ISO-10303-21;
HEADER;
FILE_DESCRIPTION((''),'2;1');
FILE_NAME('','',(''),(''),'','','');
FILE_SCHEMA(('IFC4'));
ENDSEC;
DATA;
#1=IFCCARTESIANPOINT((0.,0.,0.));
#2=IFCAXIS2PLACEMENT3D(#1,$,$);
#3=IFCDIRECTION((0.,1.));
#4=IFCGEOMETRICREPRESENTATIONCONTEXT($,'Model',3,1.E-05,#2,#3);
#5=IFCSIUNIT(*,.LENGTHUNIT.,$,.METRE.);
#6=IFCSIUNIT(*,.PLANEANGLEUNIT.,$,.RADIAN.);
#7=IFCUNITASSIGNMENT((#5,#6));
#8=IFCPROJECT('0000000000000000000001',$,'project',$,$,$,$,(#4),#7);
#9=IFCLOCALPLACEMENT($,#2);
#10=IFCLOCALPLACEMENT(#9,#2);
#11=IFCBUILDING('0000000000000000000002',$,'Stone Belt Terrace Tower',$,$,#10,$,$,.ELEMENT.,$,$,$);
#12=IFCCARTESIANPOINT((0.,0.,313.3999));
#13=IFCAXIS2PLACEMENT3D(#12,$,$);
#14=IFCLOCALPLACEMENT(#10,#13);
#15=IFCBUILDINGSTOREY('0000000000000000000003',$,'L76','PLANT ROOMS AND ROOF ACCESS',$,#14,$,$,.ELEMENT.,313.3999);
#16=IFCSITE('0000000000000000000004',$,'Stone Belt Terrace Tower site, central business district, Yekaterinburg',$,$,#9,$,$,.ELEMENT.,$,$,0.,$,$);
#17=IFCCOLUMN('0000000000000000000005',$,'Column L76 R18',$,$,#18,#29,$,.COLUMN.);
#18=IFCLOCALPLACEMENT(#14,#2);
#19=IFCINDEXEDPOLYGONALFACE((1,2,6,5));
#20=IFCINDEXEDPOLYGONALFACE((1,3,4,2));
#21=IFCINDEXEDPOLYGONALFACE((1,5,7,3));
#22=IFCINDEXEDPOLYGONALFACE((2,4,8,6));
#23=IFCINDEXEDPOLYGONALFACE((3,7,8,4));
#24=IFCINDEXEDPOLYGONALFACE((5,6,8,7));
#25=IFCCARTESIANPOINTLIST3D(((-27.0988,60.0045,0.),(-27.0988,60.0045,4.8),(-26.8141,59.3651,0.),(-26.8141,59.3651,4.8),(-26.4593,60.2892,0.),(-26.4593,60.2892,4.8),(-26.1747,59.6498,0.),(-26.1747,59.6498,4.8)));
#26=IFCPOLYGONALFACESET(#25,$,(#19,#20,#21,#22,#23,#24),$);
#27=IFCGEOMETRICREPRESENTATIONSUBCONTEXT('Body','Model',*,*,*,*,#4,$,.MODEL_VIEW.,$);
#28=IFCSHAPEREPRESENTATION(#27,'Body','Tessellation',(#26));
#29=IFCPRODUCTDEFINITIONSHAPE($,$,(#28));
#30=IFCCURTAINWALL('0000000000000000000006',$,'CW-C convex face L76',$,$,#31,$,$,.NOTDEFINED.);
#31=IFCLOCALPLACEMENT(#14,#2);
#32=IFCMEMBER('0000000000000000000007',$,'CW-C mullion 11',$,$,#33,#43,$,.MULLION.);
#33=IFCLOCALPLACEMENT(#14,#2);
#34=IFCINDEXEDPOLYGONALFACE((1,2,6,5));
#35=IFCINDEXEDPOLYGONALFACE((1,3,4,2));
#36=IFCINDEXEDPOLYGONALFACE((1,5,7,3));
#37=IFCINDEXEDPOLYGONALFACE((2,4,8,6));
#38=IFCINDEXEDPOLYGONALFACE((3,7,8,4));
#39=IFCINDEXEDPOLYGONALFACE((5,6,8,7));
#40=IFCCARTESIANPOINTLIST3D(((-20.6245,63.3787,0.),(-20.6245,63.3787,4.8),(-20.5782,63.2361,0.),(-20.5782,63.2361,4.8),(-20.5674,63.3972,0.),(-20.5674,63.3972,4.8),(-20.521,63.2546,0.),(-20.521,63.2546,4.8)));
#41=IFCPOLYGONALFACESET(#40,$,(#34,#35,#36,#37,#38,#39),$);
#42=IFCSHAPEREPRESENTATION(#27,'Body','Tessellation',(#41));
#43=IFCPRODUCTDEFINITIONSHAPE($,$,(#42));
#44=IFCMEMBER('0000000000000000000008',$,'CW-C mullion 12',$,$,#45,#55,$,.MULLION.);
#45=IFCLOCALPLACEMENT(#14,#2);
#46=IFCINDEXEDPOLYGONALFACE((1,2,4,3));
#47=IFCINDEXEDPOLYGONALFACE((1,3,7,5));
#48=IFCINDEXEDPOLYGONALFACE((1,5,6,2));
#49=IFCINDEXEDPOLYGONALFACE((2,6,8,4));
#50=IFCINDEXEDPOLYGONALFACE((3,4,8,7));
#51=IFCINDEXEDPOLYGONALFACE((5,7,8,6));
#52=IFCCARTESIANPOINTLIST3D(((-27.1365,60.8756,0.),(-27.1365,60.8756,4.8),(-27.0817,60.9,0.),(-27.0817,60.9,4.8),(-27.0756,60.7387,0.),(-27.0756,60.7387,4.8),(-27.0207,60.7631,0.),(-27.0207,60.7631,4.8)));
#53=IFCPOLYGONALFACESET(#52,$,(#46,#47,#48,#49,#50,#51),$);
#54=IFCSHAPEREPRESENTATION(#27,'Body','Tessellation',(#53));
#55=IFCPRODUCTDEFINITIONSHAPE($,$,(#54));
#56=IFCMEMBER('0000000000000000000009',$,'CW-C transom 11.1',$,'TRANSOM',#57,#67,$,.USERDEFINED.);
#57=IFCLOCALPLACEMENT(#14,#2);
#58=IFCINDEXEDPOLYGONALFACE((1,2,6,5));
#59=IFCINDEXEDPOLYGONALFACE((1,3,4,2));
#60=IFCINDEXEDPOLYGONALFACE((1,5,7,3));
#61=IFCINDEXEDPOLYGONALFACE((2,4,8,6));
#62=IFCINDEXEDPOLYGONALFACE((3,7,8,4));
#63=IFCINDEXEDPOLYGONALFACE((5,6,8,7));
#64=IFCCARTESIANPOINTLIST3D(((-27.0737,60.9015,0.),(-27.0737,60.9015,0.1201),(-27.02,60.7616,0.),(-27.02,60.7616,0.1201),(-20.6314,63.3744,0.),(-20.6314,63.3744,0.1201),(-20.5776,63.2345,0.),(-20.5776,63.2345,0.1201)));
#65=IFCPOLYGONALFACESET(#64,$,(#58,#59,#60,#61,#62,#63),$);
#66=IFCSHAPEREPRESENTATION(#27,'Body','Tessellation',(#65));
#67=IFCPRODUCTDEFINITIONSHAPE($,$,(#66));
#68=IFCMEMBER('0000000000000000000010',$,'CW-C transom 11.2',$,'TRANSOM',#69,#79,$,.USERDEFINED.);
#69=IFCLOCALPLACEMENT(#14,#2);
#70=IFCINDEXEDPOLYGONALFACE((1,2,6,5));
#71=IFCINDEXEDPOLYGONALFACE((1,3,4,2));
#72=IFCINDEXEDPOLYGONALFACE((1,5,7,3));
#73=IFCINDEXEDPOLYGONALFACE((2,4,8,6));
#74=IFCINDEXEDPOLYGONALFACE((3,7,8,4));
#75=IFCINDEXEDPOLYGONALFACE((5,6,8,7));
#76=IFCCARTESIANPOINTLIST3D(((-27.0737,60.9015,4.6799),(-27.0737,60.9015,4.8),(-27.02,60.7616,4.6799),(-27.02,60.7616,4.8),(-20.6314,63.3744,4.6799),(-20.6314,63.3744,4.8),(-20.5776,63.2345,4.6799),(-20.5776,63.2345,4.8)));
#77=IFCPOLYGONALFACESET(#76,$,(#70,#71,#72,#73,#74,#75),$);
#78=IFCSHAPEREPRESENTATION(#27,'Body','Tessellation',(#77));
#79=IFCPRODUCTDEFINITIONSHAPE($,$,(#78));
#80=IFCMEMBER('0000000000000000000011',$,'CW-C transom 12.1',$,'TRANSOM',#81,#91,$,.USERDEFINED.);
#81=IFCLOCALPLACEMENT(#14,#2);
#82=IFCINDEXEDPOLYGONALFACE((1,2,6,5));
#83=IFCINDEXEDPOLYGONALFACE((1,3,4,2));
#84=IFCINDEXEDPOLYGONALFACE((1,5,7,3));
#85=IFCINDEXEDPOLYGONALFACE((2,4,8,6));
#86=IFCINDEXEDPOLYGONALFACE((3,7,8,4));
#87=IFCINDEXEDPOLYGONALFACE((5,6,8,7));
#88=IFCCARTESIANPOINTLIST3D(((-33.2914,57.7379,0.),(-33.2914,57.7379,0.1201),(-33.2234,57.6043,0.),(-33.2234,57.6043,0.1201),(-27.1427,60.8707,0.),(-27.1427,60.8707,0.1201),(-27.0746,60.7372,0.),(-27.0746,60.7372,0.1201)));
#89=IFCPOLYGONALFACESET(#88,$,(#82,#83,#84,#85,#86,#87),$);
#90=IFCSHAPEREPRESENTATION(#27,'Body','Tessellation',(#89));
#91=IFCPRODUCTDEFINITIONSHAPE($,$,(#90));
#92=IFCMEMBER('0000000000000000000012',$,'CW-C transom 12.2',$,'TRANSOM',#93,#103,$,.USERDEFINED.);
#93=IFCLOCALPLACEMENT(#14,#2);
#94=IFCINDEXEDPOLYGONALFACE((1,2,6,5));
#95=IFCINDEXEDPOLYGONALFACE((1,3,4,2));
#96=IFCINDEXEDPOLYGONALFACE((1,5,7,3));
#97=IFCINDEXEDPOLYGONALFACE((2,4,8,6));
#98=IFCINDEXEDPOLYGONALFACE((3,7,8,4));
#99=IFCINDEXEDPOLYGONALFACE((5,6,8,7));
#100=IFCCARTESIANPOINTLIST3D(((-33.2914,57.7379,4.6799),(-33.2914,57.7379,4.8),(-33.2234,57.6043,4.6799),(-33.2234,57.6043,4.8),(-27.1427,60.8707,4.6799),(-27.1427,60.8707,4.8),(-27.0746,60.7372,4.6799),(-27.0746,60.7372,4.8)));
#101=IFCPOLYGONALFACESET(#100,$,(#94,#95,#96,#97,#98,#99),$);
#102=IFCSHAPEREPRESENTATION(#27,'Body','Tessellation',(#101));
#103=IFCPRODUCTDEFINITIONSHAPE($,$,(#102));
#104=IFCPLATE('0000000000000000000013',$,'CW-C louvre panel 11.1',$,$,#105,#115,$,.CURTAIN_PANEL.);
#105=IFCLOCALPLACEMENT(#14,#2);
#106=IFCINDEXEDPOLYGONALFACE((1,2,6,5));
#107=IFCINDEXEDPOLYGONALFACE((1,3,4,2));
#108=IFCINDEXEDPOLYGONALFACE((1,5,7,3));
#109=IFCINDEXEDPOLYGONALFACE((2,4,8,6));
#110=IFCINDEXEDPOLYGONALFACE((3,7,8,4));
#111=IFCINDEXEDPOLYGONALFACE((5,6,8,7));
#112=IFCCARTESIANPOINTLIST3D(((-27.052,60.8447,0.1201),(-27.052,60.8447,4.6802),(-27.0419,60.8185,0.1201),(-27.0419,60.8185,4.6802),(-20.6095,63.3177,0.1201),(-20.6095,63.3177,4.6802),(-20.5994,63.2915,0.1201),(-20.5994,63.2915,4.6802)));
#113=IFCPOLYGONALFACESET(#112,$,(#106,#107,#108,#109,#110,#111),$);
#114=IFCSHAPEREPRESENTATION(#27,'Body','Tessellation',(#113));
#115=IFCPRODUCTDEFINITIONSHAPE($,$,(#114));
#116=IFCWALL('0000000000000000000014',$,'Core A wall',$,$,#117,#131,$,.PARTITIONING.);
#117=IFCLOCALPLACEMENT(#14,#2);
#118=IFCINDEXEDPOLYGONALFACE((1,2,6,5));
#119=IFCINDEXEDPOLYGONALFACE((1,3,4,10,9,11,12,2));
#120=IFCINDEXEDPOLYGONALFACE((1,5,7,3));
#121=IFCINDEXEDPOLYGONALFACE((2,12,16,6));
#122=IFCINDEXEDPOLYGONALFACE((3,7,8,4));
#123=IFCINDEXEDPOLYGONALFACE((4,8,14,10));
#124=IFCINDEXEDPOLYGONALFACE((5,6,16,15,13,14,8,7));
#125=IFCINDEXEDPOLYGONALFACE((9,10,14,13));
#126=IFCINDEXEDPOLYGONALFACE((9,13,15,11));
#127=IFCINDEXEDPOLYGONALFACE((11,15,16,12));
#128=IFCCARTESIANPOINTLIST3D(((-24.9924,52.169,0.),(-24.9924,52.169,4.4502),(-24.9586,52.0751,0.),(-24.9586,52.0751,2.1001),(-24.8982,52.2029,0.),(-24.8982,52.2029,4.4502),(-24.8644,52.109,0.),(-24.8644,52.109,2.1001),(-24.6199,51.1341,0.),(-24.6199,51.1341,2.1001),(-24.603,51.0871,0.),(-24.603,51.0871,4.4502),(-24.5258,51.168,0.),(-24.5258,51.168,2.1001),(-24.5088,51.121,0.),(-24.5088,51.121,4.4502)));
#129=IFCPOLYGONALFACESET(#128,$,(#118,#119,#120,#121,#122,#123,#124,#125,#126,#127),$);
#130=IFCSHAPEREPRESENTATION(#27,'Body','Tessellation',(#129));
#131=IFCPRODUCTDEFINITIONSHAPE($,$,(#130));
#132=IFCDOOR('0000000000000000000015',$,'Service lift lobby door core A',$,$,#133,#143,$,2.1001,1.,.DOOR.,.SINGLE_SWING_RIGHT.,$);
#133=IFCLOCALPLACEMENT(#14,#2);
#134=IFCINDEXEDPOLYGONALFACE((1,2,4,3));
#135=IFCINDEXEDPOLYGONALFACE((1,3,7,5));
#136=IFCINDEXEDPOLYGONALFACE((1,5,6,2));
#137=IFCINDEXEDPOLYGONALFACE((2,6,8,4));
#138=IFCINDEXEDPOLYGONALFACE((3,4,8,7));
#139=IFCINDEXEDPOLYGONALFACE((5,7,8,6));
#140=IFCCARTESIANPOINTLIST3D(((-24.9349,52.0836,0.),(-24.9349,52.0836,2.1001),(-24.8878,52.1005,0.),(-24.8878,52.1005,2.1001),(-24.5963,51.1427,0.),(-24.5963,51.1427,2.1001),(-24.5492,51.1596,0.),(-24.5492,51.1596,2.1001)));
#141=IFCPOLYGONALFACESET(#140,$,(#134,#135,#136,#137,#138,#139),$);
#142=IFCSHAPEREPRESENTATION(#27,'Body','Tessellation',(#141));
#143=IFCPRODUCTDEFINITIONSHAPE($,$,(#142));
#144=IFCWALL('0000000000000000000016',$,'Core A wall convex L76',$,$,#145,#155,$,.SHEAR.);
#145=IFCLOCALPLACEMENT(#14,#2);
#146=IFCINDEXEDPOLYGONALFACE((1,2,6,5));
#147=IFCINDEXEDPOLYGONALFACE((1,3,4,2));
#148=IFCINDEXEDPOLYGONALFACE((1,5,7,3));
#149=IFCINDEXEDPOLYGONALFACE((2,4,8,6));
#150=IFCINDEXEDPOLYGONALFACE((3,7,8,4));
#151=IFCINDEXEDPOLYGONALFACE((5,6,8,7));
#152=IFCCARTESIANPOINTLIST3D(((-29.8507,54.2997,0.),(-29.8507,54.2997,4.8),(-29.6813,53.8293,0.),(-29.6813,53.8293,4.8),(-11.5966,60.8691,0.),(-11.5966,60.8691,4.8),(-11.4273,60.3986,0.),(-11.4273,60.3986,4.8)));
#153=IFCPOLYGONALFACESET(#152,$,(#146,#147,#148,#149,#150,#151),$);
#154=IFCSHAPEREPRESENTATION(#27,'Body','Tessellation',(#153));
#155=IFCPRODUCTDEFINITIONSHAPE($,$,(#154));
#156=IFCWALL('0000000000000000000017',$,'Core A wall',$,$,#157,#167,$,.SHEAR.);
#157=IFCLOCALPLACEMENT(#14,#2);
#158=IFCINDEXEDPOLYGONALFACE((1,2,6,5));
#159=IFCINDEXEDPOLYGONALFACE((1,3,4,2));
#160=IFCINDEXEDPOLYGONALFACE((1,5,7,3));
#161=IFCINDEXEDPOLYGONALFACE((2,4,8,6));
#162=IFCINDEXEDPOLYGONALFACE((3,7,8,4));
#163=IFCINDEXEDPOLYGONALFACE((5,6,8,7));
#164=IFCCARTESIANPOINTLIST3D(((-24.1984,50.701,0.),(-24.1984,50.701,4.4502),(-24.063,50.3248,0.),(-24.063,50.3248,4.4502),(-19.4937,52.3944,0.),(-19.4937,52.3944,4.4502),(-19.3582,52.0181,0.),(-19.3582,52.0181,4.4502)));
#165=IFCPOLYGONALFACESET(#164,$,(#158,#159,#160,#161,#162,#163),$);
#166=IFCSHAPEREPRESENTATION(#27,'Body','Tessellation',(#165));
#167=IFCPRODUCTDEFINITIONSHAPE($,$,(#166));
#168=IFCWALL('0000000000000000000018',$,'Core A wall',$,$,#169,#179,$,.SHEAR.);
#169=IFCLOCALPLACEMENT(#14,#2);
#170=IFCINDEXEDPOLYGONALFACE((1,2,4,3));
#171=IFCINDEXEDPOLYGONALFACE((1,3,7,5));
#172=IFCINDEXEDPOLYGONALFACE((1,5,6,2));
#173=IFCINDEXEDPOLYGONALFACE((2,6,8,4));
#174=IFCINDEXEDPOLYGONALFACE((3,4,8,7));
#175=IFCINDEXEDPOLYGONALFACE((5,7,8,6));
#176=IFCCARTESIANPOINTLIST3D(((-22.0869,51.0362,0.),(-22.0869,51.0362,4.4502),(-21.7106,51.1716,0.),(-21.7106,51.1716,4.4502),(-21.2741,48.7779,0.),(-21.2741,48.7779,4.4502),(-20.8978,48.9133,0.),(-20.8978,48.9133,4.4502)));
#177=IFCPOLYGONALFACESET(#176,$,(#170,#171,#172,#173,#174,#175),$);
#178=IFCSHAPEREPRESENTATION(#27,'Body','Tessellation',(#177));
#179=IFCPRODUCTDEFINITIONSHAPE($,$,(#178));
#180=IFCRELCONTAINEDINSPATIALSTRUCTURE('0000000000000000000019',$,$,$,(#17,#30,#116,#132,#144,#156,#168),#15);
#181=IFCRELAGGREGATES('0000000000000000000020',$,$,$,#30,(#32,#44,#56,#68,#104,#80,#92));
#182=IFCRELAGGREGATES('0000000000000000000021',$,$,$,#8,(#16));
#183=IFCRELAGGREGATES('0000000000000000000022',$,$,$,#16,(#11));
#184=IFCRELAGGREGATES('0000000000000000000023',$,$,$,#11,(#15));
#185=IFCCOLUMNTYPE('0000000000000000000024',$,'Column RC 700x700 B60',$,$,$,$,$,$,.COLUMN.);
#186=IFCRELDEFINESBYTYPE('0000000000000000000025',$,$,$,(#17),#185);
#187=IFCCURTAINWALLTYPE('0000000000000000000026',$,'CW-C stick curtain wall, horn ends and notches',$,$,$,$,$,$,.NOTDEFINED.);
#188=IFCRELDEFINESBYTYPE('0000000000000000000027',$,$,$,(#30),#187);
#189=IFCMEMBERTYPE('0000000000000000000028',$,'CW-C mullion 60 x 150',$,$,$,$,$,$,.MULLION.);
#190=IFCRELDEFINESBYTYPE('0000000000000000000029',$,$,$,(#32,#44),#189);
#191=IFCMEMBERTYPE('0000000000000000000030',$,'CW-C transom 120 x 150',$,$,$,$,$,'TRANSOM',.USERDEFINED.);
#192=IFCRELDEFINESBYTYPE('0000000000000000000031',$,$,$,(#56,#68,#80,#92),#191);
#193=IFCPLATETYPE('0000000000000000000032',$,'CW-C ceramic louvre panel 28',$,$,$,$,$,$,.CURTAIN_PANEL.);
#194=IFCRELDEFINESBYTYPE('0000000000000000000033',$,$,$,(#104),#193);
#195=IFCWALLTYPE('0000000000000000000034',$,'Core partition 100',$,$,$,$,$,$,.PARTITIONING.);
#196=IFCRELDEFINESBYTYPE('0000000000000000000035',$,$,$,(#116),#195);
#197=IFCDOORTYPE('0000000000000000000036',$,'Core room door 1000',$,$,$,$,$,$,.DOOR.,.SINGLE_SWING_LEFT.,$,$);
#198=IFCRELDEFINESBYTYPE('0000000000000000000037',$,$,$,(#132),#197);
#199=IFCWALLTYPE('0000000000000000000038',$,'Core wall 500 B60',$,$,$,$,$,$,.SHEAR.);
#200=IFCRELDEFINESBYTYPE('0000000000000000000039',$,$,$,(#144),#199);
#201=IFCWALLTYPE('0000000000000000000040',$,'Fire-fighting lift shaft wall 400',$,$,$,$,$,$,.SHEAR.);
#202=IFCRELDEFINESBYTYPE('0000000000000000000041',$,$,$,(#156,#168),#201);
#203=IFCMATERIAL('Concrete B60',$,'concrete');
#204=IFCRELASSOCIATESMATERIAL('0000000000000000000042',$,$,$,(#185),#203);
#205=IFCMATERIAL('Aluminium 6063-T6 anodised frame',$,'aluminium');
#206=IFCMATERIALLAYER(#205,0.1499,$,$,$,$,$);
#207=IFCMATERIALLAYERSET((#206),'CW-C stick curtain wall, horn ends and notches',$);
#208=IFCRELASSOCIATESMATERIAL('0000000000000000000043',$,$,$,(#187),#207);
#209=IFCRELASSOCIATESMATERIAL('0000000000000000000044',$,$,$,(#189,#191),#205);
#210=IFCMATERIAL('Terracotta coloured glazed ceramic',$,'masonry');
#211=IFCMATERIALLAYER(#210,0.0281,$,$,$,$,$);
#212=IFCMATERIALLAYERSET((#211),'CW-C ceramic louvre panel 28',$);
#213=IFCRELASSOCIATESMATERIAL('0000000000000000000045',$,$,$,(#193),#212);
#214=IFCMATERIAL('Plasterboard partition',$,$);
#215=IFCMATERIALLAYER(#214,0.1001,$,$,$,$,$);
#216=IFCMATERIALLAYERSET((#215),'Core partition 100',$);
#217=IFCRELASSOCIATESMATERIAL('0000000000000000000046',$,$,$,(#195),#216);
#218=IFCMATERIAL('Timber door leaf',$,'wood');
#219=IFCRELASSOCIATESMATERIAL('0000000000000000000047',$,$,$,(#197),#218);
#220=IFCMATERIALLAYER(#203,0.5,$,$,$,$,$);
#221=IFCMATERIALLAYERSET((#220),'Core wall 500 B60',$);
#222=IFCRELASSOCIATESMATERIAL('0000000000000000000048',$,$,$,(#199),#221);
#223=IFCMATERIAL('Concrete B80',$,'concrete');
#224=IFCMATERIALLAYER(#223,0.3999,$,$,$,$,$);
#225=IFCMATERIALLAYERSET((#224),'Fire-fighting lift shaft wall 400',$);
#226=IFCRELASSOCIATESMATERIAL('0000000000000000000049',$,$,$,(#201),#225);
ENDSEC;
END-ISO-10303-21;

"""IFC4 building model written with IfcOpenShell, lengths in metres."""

from ifc_helpers import new_model, si_unit, direction, frame, frame_2d, origin, origin_2d, place, context, subcontext, project, spatial, rectangle, extrude, material, layer, layer_set, material_profile, profile_set, type_object, element, fill, aggregate, save


model = new_model("IFC4")

# Units and contexts
model_context = context("Model", 3, precision=1e-05, world=origin(), true_north=direction((0.0, 1.0)))
body_context = subcontext(model_context, "Body", "Model", "MODEL_VIEW")
ifc_project = project(units=[si_unit("LENGTHUNIT", "METRE"), si_unit("PLANEANGLEUNIT", "RADIAN")], contexts=[model_context])

# Site, building, storey
site_placement = place(None, origin())
site = spatial("IfcSite", under=ifc_project, at=site_placement, Name="Stone Belt Terrace Tower site, central business district, Yekaterinburg", CompositionType="ELEMENT", RefElevation=0.0)
building_placement = place(site_placement, origin())
building = spatial("IfcBuilding", under=site, at=building_placement, Name="Stone Belt Terrace Tower", CompositionType="ELEMENT")
storey_placement = place(building_placement, frame((0.0, 0.0, 313.3999)))
storey = spatial("IfcBuildingStorey", under=building, at=storey_placement, Name="L76", Description="PLANT ROOMS AND ROOF ACCESS", CompositionType="ELEMENT", Elevation=313.3999)

# Column
ifc_material_1 = material(Name="Concrete B60", Category="concrete")
ifc_material_profile_1 = material_profile(ifc_material_1, rectangle(XDim=0.7, YDim=0.7, at=origin_2d()), Name="RC 700x700")
ifc_profile_set_1 = profile_set([ifc_material_profile_1], Name="Concrete B60")
column_type = type_object("IfcColumnType", Name="Column RC 700x700 B60", PredefinedType="COLUMN", material=ifc_profile_set_1)
column_placement = place(storey_placement, frame((-26.6367, 59.8271, 0.0), z_axis=(0.0, 0.0, 1.0), x_axis=(0.913545, 0.406737, 0.0)))
element("IfcColumn", 1, at=column_placement, inside=storey, type_object=column_type, Name="Column L76 R18", PredefinedType="COLUMN", context=body_context, shape_type="SweptSolid", body=[
    extrude(rectangle(XDim=0.7, YDim=0.7, at=origin_2d()), origin(), (0.0, 0.0, 1.0), 4.8),
])

# Curtain wall, members, plate
ifc_material_2 = material(Name="Aluminium 6063-T6 anodised frame", Category="aluminium")
ifc_layer_1 = layer(ifc_material_2, 0.1499)
ifc_layer_set_1 = layer_set([ifc_layer_1], Name="CW-C stick curtain wall, horn ends and notches")
curtain_wall_type = type_object("IfcCurtainWallType", Name="CW-C stick curtain wall, horn ends and notches", PredefinedType="NOTDEFINED", material=ifc_layer_set_1)
curtain_wall_placement = place(storey_placement, origin())
curtain_wall = element("IfcCurtainWall", 2, at=curtain_wall_placement, inside=storey, type_object=curtain_wall_type, Name="CW-C convex face L76", PredefinedType="NOTDEFINED")
ifc_material_profile_2 = material_profile(ifc_material_2, rectangle(XDim=0.1499, YDim=0.0601, at=origin_2d()), Name="Aluminium 6063-T6 60x150")
ifc_profile_set_2 = profile_set([ifc_material_profile_2], Name="Aluminium 6063-T6 anodised frame")
member_type_1 = type_object("IfcMemberType", Name="CW-C mullion 60 x 150", PredefinedType="MULLION", material=ifc_profile_set_2)
member_1_placement = place(storey_placement, frame((-20.5728, 63.3167, 0.0), z_axis=(0.0, 0.0, 1.0), x_axis=(0.309017, -0.951057, 0.0)))
member_1 = element("IfcMember", 3, at=member_1_placement, type_object=member_type_1, Name="CW-C mullion 11", PredefinedType="MULLION", context=body_context, shape_type="SweptSolid", body=[
    extrude(rectangle(XDim=0.1499, YDim=0.0601, at=origin_2d()), origin(), (0.0, 0.0, 1.0), 4.8),
])
member_2_placement = place(storey_placement, frame((-27.0786, 60.8193, 0.0), z_axis=(0.0, 0.0, 1.0), x_axis=(0.406737, -0.913545, 0.0)))
member_2 = element("IfcMember", 4, at=member_2_placement, type_object=member_type_1, Name="CW-C mullion 12", PredefinedType="MULLION", context=body_context, shape_type="SweptSolid", body=[
    extrude(rectangle(XDim=0.1499, YDim=0.0601, at=origin_2d()), origin(), (0.0, 0.0, 1.0), 4.8),
])
ifc_material_profile_3 = material_profile(ifc_material_2, rectangle(XDim=0.1499, YDim=0.1201, at=origin_2d()), Name="Aluminium 6063-T6 150x120")
ifc_profile_set_3 = profile_set([ifc_material_profile_3], Name="Aluminium 6063-T6 anodised frame")
member_type_2 = type_object("IfcMemberType", Name="CW-C transom 120 x 150", ElementType="TRANSOM", PredefinedType="USERDEFINED", material=ifc_profile_set_3)
member_3_placement = place(storey_placement, frame((-20.6045, 63.3044, 0.0601), z_axis=(-0.933585, -0.358355, 0.0), x_axis=(0.358355, -0.933585, 0.0)))
member_3 = element("IfcMember", 5, at=member_3_placement, type_object=member_type_2, Name="CW-C transom 11.1", ObjectType="TRANSOM", PredefinedType="USERDEFINED", context=body_context, shape_type="SweptSolid", body=[
    extrude(rectangle(XDim=0.1499, YDim=0.1201, at=origin_2d()), origin(), (0.0, 0.0, 1.0), 6.9006),
])
member_4_placement = place(storey_placement, frame((-20.6045, 63.3044, 4.74), z_axis=(-0.933585, -0.358355, 0.0), x_axis=(0.358355, -0.933585, 0.0)))
member_4 = element("IfcMember", 6, at=member_4_placement, type_object=member_type_2, Name="CW-C transom 11.2", ObjectType="TRANSOM", PredefinedType="USERDEFINED", context=body_context, shape_type="SweptSolid", body=[
    extrude(rectangle(XDim=0.1499, YDim=0.1201, at=origin_2d()), origin(), (0.0, 0.0, 1.0), 6.9006),
])
member_5_placement = place(storey_placement, frame((-27.1086, 60.804, 0.0601), z_axis=(-0.891012, -0.453979, 0.0), x_axis=(0.453979, -0.891012, 0.0)))
member_5 = element("IfcMember", 7, at=member_5_placement, type_object=member_type_2, Name="CW-C transom 12.1", ObjectType="TRANSOM", PredefinedType="USERDEFINED", context=body_context, shape_type="SweptSolid", body=[
    extrude(rectangle(XDim=0.1499, YDim=0.1201, at=origin_2d()), origin(), (0.0, 0.0, 1.0), 6.9009),
])
member_6_placement = place(storey_placement, frame((-27.1086, 60.804, 4.74), z_axis=(-0.891012, -0.453979, 0.0), x_axis=(0.453979, -0.891012, 0.0)))
member_6 = element("IfcMember", 8, at=member_6_placement, type_object=member_type_2, Name="CW-C transom 12.2", ObjectType="TRANSOM", PredefinedType="USERDEFINED", context=body_context, shape_type="SweptSolid", body=[
    extrude(rectangle(XDim=0.1499, YDim=0.1201, at=origin_2d()), origin(), (0.0, 0.0, 1.0), 6.9009),
])
ifc_material_3 = material(Name="Terracotta coloured glazed ceramic", Category="masonry")
ifc_layer_2 = layer(ifc_material_3, 0.0281)
ifc_layer_set_2 = layer_set([ifc_layer_2], Name="CW-C ceramic louvre panel 28")
plate_type = type_object("IfcPlateType", Name="CW-C ceramic louvre panel 28", PredefinedType="CURTAIN_PANEL", material=ifc_layer_set_2)
plate_placement = place(storey_placement, frame((-23.8257, 62.0681, 0.1201), z_axis=(0.0, 0.0, 1.0), x_axis=(-0.93358, -0.358368, 0.0)))
plate = element("IfcPlate", 9, at=plate_placement, type_object=plate_type, Name="CW-C louvre panel 11.1", PredefinedType="CURTAIN_PANEL", context=body_context, shape_type="SweptSolid", body=[
    extrude(rectangle(XDim=6.9009, YDim=0.0281, at=origin_2d()), origin(), (0.0, 0.0, 1.0), 4.5601),
])
aggregate(curtain_wall, [member_1, member_2, member_3, member_4, plate, member_5, member_6])

# Wall, opening, door
ifc_material_4 = material(Name="Plasterboard partition")
ifc_layer_3 = layer(ifc_material_4, 0.1001)
ifc_layer_set_3 = layer_set([ifc_layer_3], Name="Core partition 100")
wall_type_1 = type_object("IfcWallType", Name="Core partition 100", PredefinedType="PARTITIONING", material=ifc_layer_set_3)
wall_1_placement = place(storey_placement, frame((-24.5559, 51.104, 0.0), z_axis=(0.0, 0.0, 1.0), x_axis=(-0.338622, 0.940923, 0.0)))
wall_1 = element("IfcWall", 10, at=wall_1_placement, inside=storey, type_object=wall_type_1, Name="Core A wall", PredefinedType="PARTITIONING", context=body_context, shape_type="SweptSolid", body=[
    extrude(rectangle(XDim=1.1499, YDim=0.1001, at=frame_2d((0.575, 0.0))), origin(), (0.0, 0.0, 1.0), 4.4502),
])
opening_1_placement = place(wall_1_placement, frame((0.05, 0.0, 0.0)))
opening_1 = element("IfcOpeningElement", 11, at=opening_1_placement, cuts=wall_1, PredefinedType="OPENING", context=body_context, shape_type="SweptSolid", body=[
    extrude(rectangle(XDim=1.0, YDim=2.1001, at=frame_2d((0.5, 1.05))), frame((0.0, 0.0601, 0.0), z_axis=(0.0, -1.0, 0.0), x_axis=(1.0, 0.0, 0.0)), (0.0, 0.0, 1.0), 0.1201),
])
ifc_material_5 = material(Name="Timber door leaf", Category="wood")
door_type_1 = type_object("IfcDoorType", Name="Core room door 1000", OperationType="SINGLE_SWING_LEFT", PredefinedType="DOOR", material=ifc_material_5)
door_1_placement = place(opening_1_placement, origin())
door_1 = element("IfcDoor", 12, at=door_1_placement, inside=storey, type_object=door_type_1, Name="Service lift lobby door core A", OperationType="SINGLE_SWING_RIGHT", OverallHeight=2.1001, OverallWidth=1.0, PredefinedType="DOOR", context=body_context, shape_type="SweptSolid", body=[
    extrude(rectangle(XDim=1.0, YDim=2.1001, at=frame_2d((0.5, 1.05))), frame((0.0, 0.0249, 0.0), z_axis=(0.0, -1.0, 0.0), x_axis=(1.0, 0.0, 0.0)), (0.0, 0.0, 1.0), 0.05),
])
fill(opening_1, door_1)

# Walls
ifc_layer_4 = layer(ifc_material_1, 0.5)
ifc_layer_set_4 = layer_set([ifc_layer_4], Name="Core wall 500 B60")
wall_type_2 = type_object("IfcWallType", Name="Core wall 500 B60", PredefinedType="SHEAR", material=ifc_layer_set_4)
wall_2_placement = place(storey_placement, frame((-29.7661, 54.0645, 0.0), z_axis=(0.0, 0.0, 1.0), x_axis=(0.940921, 0.338625, 0.0)))
element("IfcWall", 13, at=wall_2_placement, inside=storey, type_object=wall_type_2, Name="Core A wall convex L76", PredefinedType="SHEAR", context=body_context, shape_type="SweptSolid", body=[
    extrude(rectangle(XDim=19.4001, YDim=0.5, at=frame_2d((9.7002, 0.0))), origin(), (0.0, 0.0, 1.0), 4.8),
])
ifc_material_6 = material(Name="Concrete B80", Category="concrete")
ifc_layer_5 = layer(ifc_material_6, 0.3999)
ifc_layer_set_5 = layer_set([ifc_layer_5], Name="Fire-fighting lift shaft wall 400")
wall_type_3 = type_object("IfcWallType", Name="Fire-fighting lift shaft wall 400", PredefinedType="SHEAR", material=ifc_layer_set_5)
wall_3_placement = place(storey_placement, frame((-24.1306, 50.5129, 0.0), z_axis=(0.0, 0.0, 1.0), x_axis=(0.940912, 0.338652, 0.0)))
element("IfcWall", 14, at=wall_3_placement, inside=storey, type_object=wall_type_3, Name="Core A wall", PredefinedType="SHEAR", context=body_context, shape_type="SweptSolid", body=[
    extrude(rectangle(XDim=5.0002, YDim=0.3999, at=frame_2d((2.5, 0.0))), origin(), (0.0, 0.0, 1.0), 4.4502),
])
wall_4_placement = place(storey_placement, frame((-21.0859, 48.8455, 0.0), z_axis=(0.0, 0.0, 1.0), x_axis=(-0.338629, 0.94092, 0.0)))
element("IfcWall", 15, at=wall_4_placement, inside=storey, type_object=wall_type_3, Name="Core A wall", PredefinedType="SHEAR", context=body_context, shape_type="SweptSolid", body=[
    extrude(rectangle(XDim=2.4001, YDim=0.3999, at=frame_2d((1.2002, 0.0))), origin(), (0.0, 0.0, 1.0), 4.4502),
])

save(model, "model.ifc")
